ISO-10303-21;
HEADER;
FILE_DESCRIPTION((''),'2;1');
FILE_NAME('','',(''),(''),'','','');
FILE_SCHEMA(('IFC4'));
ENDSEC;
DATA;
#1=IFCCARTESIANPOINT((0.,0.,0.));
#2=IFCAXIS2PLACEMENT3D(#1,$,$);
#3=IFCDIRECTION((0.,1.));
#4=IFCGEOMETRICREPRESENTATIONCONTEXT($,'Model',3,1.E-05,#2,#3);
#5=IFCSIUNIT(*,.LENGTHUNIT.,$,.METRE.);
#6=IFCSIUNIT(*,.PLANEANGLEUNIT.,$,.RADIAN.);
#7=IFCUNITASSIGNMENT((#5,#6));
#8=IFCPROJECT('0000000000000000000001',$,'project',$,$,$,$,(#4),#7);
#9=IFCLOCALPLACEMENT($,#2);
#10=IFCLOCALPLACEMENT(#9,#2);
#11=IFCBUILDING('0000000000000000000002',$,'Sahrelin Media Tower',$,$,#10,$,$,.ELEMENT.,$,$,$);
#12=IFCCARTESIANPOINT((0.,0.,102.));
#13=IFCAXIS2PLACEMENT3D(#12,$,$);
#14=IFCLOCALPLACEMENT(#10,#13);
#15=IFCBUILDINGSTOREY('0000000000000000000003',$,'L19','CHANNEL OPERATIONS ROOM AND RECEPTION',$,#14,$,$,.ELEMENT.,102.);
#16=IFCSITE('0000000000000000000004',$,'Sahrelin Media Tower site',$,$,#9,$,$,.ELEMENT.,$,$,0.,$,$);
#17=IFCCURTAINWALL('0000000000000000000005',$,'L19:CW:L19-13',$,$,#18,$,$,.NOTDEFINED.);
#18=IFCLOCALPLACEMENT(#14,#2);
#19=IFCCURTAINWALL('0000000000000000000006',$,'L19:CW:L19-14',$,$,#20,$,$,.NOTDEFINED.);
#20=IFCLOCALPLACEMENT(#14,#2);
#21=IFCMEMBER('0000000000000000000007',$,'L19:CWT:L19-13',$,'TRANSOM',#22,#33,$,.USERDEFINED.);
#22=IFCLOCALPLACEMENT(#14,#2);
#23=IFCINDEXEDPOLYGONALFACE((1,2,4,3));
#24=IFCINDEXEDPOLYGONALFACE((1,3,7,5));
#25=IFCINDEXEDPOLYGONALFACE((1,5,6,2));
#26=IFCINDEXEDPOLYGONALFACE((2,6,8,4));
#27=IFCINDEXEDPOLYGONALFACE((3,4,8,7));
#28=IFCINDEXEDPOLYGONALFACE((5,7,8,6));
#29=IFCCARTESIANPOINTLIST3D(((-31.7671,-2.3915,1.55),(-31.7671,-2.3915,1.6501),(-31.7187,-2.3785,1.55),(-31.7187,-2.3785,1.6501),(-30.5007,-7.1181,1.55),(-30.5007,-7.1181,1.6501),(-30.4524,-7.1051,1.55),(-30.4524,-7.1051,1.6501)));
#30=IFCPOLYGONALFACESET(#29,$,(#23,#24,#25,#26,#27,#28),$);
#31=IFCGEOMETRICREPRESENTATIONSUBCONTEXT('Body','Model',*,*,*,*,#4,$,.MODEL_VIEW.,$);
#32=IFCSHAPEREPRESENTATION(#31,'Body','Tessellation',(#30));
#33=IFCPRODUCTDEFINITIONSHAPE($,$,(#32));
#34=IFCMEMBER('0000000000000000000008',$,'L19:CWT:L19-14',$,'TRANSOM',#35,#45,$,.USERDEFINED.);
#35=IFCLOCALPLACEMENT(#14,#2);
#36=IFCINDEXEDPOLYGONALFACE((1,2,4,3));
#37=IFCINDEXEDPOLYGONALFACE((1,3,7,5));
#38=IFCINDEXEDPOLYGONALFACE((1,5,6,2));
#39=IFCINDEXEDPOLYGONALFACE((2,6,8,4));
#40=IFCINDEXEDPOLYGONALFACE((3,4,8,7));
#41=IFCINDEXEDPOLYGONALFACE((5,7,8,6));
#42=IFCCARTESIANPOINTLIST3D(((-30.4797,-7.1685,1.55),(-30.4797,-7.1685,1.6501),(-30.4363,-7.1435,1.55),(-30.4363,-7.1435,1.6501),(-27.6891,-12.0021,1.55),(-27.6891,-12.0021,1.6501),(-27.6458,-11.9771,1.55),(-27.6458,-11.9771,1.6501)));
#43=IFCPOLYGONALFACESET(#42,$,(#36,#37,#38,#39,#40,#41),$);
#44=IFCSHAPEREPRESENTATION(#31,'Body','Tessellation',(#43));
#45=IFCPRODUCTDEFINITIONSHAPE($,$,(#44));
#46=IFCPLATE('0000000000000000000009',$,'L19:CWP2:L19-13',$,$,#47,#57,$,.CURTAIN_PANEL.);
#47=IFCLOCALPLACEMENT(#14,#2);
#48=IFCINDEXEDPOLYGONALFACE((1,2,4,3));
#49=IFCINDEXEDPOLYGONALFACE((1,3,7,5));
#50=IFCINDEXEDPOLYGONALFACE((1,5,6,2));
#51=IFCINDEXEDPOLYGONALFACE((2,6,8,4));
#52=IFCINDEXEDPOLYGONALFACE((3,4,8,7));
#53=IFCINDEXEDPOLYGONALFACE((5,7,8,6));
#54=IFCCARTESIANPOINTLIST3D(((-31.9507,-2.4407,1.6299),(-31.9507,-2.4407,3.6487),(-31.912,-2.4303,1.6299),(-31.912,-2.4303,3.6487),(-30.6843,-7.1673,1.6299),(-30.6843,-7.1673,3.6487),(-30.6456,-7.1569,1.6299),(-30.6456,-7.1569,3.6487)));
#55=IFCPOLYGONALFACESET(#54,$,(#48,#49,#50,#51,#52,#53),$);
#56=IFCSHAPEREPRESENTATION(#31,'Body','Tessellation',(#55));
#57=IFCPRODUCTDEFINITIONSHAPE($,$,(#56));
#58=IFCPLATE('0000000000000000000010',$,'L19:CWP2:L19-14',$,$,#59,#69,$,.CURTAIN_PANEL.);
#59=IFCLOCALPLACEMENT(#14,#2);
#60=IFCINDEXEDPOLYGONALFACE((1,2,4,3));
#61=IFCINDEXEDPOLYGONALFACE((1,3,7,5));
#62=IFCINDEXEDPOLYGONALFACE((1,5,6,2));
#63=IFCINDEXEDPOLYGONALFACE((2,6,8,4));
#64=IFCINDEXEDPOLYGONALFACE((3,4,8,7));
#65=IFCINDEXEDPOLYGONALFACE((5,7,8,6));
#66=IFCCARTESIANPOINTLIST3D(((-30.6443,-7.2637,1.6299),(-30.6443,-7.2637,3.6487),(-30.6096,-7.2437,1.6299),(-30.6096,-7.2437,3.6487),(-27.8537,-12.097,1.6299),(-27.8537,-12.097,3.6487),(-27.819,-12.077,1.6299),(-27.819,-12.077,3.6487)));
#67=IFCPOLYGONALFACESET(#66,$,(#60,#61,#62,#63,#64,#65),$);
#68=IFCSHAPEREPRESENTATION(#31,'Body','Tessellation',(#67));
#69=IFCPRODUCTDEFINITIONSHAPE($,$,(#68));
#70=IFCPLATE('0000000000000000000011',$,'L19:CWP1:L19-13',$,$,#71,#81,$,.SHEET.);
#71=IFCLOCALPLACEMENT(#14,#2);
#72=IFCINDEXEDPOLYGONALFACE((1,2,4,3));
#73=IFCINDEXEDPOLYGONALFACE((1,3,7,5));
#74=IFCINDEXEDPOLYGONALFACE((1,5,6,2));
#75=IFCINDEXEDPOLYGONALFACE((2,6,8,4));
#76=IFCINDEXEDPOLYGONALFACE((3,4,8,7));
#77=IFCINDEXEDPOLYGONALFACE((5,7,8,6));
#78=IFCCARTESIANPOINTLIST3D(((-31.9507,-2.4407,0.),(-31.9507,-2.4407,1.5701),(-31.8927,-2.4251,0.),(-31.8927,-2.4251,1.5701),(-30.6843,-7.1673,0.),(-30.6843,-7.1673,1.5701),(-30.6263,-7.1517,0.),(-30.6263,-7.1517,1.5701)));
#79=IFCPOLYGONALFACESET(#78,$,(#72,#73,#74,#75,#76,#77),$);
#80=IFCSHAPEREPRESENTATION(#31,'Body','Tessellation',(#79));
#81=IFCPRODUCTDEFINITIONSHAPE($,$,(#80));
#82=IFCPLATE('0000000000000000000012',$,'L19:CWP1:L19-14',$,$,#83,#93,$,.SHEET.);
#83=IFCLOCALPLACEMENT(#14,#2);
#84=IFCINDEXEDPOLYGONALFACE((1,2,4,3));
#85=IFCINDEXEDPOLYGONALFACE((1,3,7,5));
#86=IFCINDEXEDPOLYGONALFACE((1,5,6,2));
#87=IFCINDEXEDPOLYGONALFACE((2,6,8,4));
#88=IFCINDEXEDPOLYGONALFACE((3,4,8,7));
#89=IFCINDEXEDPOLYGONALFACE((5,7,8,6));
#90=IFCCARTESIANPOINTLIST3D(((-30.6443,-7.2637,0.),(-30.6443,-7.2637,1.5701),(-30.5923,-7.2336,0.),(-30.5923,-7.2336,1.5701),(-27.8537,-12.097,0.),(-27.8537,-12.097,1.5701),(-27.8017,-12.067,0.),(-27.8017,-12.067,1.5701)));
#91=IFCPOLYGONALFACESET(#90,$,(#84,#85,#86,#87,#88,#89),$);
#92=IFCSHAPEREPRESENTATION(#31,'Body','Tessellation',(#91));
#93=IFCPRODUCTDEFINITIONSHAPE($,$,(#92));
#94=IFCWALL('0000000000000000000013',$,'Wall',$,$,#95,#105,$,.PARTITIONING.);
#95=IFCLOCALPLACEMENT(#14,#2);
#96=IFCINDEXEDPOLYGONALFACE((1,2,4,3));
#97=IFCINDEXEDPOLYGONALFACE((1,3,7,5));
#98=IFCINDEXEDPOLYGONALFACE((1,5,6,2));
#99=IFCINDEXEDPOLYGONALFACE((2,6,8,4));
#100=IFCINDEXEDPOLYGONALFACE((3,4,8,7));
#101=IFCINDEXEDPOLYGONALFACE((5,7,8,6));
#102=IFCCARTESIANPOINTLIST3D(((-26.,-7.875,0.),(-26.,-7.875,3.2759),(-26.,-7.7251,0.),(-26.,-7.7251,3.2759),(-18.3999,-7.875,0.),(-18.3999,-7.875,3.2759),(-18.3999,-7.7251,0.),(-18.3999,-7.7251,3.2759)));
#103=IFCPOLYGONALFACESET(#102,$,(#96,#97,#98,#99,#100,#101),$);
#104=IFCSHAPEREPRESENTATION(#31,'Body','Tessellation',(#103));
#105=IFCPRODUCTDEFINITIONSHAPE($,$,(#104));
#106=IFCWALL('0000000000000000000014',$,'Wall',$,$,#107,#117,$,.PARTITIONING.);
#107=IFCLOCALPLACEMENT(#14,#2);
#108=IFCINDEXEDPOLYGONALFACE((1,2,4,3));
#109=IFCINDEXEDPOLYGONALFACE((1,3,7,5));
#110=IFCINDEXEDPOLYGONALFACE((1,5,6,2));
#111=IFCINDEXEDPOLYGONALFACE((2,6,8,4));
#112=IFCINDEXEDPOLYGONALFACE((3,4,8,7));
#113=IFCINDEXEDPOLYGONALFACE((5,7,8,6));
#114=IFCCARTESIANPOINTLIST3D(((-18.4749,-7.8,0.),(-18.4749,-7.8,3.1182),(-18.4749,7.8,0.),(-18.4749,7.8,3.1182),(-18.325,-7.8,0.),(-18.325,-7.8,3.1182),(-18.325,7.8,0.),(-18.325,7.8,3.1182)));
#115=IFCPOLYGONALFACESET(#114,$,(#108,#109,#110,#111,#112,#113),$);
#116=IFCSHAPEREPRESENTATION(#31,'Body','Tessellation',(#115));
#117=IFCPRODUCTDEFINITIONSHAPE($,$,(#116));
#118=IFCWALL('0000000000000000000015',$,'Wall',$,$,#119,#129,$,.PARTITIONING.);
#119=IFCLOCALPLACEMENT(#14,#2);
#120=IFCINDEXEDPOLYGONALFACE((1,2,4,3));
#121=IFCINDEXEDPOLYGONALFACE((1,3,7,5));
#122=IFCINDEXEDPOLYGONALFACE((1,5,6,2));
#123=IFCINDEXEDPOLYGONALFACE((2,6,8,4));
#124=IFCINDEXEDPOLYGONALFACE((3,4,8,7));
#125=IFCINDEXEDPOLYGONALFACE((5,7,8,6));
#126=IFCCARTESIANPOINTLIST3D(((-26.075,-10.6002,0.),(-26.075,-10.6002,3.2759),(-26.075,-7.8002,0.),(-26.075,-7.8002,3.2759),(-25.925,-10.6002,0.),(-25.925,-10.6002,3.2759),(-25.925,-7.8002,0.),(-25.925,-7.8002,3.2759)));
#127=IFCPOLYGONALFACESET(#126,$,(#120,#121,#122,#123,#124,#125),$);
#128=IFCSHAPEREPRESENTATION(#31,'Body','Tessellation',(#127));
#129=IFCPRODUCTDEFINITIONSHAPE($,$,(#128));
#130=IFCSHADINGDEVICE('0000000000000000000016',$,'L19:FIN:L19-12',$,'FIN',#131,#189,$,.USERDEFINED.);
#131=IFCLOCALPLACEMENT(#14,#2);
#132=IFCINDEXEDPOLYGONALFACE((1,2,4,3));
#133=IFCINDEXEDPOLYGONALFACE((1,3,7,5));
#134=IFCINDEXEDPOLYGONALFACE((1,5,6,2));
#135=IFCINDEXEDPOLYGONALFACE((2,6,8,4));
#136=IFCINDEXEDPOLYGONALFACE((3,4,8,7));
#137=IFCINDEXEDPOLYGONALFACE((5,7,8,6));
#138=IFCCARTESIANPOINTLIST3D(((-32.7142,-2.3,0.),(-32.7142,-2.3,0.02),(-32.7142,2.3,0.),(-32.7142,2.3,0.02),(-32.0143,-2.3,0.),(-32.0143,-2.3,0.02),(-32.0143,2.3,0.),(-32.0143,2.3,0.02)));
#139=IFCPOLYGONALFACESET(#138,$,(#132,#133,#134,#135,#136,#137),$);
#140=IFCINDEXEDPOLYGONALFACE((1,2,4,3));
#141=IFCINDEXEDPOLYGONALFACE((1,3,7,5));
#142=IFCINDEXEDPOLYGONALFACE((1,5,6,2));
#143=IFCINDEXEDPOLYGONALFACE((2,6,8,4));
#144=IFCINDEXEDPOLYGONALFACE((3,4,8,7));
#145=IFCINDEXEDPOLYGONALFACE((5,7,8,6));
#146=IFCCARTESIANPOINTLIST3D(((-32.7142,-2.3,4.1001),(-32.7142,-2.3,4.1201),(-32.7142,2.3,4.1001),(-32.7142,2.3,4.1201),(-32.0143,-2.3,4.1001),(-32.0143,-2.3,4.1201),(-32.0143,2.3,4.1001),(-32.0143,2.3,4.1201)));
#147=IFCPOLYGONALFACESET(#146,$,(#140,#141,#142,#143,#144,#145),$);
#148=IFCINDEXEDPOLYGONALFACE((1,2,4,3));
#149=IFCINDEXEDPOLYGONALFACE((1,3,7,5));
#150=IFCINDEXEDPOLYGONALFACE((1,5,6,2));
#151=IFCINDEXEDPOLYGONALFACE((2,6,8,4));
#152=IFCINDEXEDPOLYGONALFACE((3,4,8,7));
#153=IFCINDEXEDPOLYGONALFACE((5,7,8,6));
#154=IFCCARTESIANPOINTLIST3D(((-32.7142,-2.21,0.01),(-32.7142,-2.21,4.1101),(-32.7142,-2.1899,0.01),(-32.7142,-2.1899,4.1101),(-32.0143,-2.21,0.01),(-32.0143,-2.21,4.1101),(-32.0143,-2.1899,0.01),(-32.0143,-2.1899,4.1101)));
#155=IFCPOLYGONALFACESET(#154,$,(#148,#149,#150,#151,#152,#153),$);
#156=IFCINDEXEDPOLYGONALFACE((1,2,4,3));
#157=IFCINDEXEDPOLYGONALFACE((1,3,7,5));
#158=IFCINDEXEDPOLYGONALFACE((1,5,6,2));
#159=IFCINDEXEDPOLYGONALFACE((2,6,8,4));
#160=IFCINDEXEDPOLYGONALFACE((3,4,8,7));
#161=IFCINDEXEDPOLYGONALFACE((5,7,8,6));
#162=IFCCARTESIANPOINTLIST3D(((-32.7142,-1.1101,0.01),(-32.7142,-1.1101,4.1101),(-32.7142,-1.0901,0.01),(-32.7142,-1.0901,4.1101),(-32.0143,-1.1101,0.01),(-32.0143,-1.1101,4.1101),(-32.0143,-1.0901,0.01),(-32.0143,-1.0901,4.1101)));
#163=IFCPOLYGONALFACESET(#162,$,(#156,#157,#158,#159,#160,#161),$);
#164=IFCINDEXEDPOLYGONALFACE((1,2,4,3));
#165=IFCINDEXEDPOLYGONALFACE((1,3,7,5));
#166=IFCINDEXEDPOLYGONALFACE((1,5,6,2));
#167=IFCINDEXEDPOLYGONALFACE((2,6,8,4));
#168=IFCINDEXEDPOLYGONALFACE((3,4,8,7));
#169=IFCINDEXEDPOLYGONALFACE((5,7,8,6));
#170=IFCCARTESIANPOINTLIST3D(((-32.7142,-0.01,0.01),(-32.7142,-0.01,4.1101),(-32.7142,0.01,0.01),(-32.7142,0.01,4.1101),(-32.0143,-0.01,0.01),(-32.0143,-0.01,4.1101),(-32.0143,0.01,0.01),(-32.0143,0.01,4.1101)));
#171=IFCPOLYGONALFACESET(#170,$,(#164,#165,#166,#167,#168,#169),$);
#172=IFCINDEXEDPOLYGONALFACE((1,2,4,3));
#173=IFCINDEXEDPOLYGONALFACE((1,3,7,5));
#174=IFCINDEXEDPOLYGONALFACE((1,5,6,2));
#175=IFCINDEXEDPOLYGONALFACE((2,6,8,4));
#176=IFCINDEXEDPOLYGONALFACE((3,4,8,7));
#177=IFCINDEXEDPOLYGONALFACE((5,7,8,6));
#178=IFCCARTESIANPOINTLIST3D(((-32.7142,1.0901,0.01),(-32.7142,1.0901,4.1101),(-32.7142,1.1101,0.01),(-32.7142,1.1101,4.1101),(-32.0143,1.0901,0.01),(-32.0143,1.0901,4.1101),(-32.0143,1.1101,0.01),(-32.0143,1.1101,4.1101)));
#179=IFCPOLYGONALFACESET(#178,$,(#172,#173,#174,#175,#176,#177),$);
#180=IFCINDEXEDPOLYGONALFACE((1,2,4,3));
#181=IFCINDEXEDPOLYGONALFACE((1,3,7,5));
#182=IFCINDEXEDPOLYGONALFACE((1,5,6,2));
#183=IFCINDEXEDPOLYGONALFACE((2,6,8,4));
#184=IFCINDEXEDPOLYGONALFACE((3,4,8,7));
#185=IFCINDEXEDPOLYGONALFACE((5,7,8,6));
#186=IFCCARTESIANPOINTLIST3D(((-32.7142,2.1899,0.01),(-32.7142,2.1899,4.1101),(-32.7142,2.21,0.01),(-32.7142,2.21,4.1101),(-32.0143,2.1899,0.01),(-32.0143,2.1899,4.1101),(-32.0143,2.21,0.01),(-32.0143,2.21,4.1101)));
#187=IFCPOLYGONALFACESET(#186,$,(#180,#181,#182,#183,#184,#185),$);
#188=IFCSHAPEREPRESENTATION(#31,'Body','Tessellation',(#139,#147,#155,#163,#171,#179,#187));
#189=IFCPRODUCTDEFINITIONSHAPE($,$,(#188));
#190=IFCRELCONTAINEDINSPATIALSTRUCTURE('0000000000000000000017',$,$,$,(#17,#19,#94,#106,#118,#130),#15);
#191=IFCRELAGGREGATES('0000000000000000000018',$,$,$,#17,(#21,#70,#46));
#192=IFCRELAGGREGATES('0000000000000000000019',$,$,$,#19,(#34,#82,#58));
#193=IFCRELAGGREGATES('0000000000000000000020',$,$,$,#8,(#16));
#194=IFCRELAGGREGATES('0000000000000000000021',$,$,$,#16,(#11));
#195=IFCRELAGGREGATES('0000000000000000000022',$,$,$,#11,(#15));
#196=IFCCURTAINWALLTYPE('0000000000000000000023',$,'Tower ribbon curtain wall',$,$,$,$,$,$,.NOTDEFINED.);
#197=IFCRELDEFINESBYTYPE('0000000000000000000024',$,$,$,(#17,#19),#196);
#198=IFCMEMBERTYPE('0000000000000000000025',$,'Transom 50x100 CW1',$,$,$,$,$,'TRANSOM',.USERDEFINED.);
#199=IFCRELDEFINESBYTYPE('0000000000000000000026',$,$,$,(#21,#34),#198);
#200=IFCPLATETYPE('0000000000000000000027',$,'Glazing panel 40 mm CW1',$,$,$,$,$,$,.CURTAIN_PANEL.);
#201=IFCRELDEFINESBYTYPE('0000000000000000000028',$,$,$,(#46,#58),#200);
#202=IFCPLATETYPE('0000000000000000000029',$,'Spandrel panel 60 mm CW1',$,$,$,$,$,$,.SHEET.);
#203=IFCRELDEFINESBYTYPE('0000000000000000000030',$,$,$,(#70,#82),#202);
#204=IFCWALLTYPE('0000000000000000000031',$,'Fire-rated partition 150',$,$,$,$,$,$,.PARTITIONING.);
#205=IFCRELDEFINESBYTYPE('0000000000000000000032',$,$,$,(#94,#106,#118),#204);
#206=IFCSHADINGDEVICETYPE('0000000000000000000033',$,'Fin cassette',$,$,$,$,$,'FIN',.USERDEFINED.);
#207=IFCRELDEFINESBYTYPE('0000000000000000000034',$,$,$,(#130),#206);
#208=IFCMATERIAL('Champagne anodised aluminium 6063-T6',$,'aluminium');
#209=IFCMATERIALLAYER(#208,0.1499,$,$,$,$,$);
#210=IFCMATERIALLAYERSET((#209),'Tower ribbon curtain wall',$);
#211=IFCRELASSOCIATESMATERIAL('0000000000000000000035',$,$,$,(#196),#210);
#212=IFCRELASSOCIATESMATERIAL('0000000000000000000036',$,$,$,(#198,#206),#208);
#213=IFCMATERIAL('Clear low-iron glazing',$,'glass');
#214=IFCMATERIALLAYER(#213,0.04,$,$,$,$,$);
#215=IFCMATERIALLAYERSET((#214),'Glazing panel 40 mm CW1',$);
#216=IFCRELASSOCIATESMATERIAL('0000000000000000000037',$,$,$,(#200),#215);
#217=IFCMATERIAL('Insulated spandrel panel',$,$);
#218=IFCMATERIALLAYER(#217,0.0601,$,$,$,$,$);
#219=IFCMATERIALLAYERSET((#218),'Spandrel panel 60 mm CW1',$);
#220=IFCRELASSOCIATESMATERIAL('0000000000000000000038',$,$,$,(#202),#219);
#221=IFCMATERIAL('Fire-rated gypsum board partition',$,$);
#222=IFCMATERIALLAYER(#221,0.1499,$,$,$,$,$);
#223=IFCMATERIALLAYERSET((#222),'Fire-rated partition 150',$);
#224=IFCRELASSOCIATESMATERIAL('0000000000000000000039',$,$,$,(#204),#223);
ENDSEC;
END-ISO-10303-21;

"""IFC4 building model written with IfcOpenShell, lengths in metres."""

from ifc_helpers import new_model, si_unit, direction, frame, frame_2d, origin, origin_2d, place, context, subcontext, project, spatial, polyline, rectangle, outline, extrude, material, layer, layer_set, material_profile, profile_set, type_object, element, aggregate, save


model = new_model("IFC4")

# Units and contexts
model_context = context("Model", 3, precision=1e-05, world=origin(), true_north=direction((0.0, 1.0)))
body_context = subcontext(model_context, "Body", "Model", "MODEL_VIEW")
ifc_project = project(units=[si_unit("LENGTHUNIT", "METRE"), si_unit("PLANEANGLEUNIT", "RADIAN")], contexts=[model_context])

# Site, building, storey
site_placement = place(None, origin())
site = spatial("IfcSite", under=ifc_project, at=site_placement, Name="Sahrelin Media Tower site", CompositionType="ELEMENT", RefElevation=0.0)
building_placement = place(site_placement, origin())
building = spatial("IfcBuilding", under=site, at=building_placement, Name="Sahrelin Media Tower", CompositionType="ELEMENT")
storey_placement = place(building_placement, frame((0.0, 0.0, 102.0)))
storey = spatial("IfcBuildingStorey", under=building, at=storey_placement, Name="L19", Description="CHANNEL OPERATIONS ROOM AND RECEPTION", CompositionType="ELEMENT", Elevation=102.0)

# Curtain walls
ifc_material_1 = material(Name="Champagne anodised aluminium 6063-T6", Category="aluminium")
ifc_layer_1 = layer(ifc_material_1, 0.1499)
ifc_layer_set_1 = layer_set([ifc_layer_1], Name="Tower ribbon curtain wall")
curtain_wall_type = type_object("IfcCurtainWallType", Name="Tower ribbon curtain wall", PredefinedType="NOTDEFINED", material=ifc_layer_set_1)
curtain_wall_1_placement = place(storey_placement, frame((-31.2981, -4.7988, 0.0), z_axis=(0.0, 0.0, 1.0), x_axis=(1.0, 0.0, 0.0)))
curtain_wall_1 = element("IfcCurtainWall", 1, at=curtain_wall_1_placement, inside=storey, type_object=curtain_wall_type, Name="L19:CW:L19-13", PredefinedType="NOTDEFINED")
curtain_wall_2_placement = place(storey_placement, frame((-29.2317, -9.6704, 0.0), z_axis=(0.0, 0.0, 1.0), x_axis=(1.0, 0.0, 0.0)))
curtain_wall_2 = element("IfcCurtainWall", 2, at=curtain_wall_2_placement, inside=storey, type_object=curtain_wall_type, Name="L19:CW:L19-14", PredefinedType="NOTDEFINED")

# Members
ifc_material_profile_1 = material_profile(ifc_material_1, rectangle(XDim=0.05, YDim=0.1001, at=origin_2d()), Name="Transom 50x100")
ifc_profile_set_1 = profile_set([ifc_material_profile_1], Name="Champagne anodised aluminium 6063-T6")
member_type_1 = type_object("IfcMemberType", Name="Transom 50x100 CW1", ElementType="TRANSOM", PredefinedType="USERDEFINED", material=ifc_profile_set_1)
member_1_placement = place(storey_placement, frame((-31.7429, -2.385, 1.6001), z_axis=(0.258796, -0.965932, 0.0), x_axis=(0.965932, 0.258796, 0.0)))
member_1 = element("IfcMember", 3, at=member_1_placement, type_object=member_type_1, Name="L19:CWT:L19-13", ObjectType="TRANSOM", PredefinedType="USERDEFINED", context=body_context, shape_type="SweptSolid", body=[
    extrude(rectangle(XDim=0.05, YDim=0.1001, at=origin_2d()), origin(), (0.0, 0.0, 1.0), 4.8933),
])
member_2_placement = place(storey_placement, frame((-30.458, -7.156, 1.6001), z_axis=(0.499988, -0.866033, 0.0), x_axis=(0.866033, 0.499988, 0.0)))
member_2 = element("IfcMember", 4, at=member_2_placement, type_object=member_type_1, Name="L19:CWT:L19-14", ObjectType="TRANSOM", PredefinedType="USERDEFINED", context=body_context, shape_type="SweptSolid", body=[
    extrude(rectangle(XDim=0.05, YDim=0.1001, at=origin_2d()), origin(), (0.0, 0.0, 1.0), 5.5813),
])

# Plates
ifc_material_2 = material(Name="Clear low-iron glazing", Category="glass")
ifc_layer_2 = layer(ifc_material_2, 0.04)
ifc_layer_set_2 = layer_set([ifc_layer_2], Name="Glazing panel 40 mm CW1")
plate_type_1 = type_object("IfcPlateType", Name="Glazing panel 40 mm CW1", PredefinedType="CURTAIN_PANEL", material=ifc_layer_set_2)
plate_1_placement = place(storey_placement, frame((-31.9507, -2.4407, 1.6299), z_axis=(-0.965932, -0.258796, 0.0), x_axis=(0.258796, -0.965932, 0.0)))
plate_1 = element("IfcPlate", 5, at=plate_1_placement, type_object=plate_type_1, Name="L19:CWP2:L19-13", PredefinedType="CURTAIN_PANEL", context=body_context, shape_type="SweptSolid", body=[
    extrude(outline(polyline([(0.0, 0.0), (4.8933, 0.0), (4.8933, 2.0188), (0.0, 2.0188), (0.0, 0.0)])), origin(), (0.0, 0.0, -1.0), 0.04),
])
plate_2_placement = place(storey_placement, frame((-30.6443, -7.2637, 1.6299), z_axis=(-0.866022, -0.500006, 0.0), x_axis=(0.500006, -0.866022, 0.0)))
plate_2 = element("IfcPlate", 6, at=plate_2_placement, type_object=plate_type_1, Name="L19:CWP2:L19-14", PredefinedType="CURTAIN_PANEL", context=body_context, shape_type="SweptSolid", body=[
    extrude(outline(polyline([(0.0, 0.0), (5.5811, 0.0), (5.5811, 2.0188), (0.0, 2.0188), (0.0, 0.0)])), origin(), (0.0, 0.0, -1.0), 0.04),
])
ifc_material_3 = material(Name="Insulated spandrel panel")
ifc_layer_3 = layer(ifc_material_3, 0.0601)
ifc_layer_set_3 = layer_set([ifc_layer_3], Name="Spandrel panel 60 mm CW1")
plate_type_2 = type_object("IfcPlateType", Name="Spandrel panel 60 mm CW1", PredefinedType="SHEET", material=ifc_layer_set_3)
plate_3_placement = place(storey_placement, frame((-31.9507, -2.4407, 0.0), z_axis=(-0.965932, -0.258796, 0.0), x_axis=(0.258796, -0.965932, 0.0)))
plate_3 = element("IfcPlate", 7, at=plate_3_placement, type_object=plate_type_2, Name="L19:CWP1:L19-13", PredefinedType="SHEET", context=body_context, shape_type="SweptSolid", body=[
    extrude(outline(polyline([(0.0, 0.0), (4.8933, 0.0), (4.8933, 1.5701), (0.0, 1.5701), (0.0, 0.0)])), origin(), (0.0, 0.0, -1.0), 0.0601),
])
aggregate(curtain_wall_1, [member_1, plate_3, plate_1])
plate_4_placement = place(storey_placement, frame((-30.6443, -7.2637, 0.0), z_axis=(-0.866022, -0.500006, 0.0), x_axis=(0.500006, -0.866022, 0.0)))
plate_4 = element("IfcPlate", 8, at=plate_4_placement, type_object=plate_type_2, Name="L19:CWP1:L19-14", PredefinedType="SHEET", context=body_context, shape_type="SweptSolid", body=[
    extrude(outline(polyline([(0.0, 0.0), (5.5811, 0.0), (5.5811, 1.5701), (0.0, 1.5701), (0.0, 0.0)])), origin(), (0.0, 0.0, -1.0), 0.0601),
])
aggregate(curtain_wall_2, [member_2, plate_4, plate_2])

# Walls
ifc_material_4 = material(Name="Fire-rated gypsum board partition")
ifc_layer_4 = layer(ifc_material_4, 0.1499)
ifc_layer_set_4 = layer_set([ifc_layer_4], Name="Fire-rated partition 150")
wall_type = type_object("IfcWallType", Name="Fire-rated partition 150", PredefinedType="PARTITIONING", material=ifc_layer_set_4)
wall_1_placement = place(storey_placement, frame((-26.0, -7.8, 0.0), z_axis=(0.0, 0.0, 1.0), x_axis=(1.0, 0.0, 0.0)))
element("IfcWall", 9, at=wall_1_placement, inside=storey, type_object=wall_type, Name="Wall", PredefinedType="PARTITIONING", context=body_context, shape_type="SweptSolid", body=[
    extrude(rectangle(XDim=7.6001, YDim=0.1499, at=frame_2d((3.8, 0.0))), origin(), (0.0, 0.0, 1.0), 3.2759),
])
wall_2_placement = place(storey_placement, frame((-18.3999, -7.8, 0.0), z_axis=(0.0, 0.0, 1.0), x_axis=(0.0, 1.0, 0.0)))
element("IfcWall", 10, at=wall_2_placement, inside=storey, type_object=wall_type, Name="Wall", PredefinedType="PARTITIONING", context=body_context, shape_type="SweptSolid", body=[
    extrude(rectangle(XDim=15.6001, YDim=0.1499, at=frame_2d((7.8, 0.0))), origin(), (0.0, 0.0, 1.0), 3.1182),
])
wall_3_placement = place(storey_placement, frame((-26.0, -10.6001, 0.0), z_axis=(0.0, 0.0, 1.0), x_axis=(0.0, 1.0, 0.0)))
element("IfcWall", 11, at=wall_3_placement, inside=storey, type_object=wall_type, Name="Wall", PredefinedType="PARTITIONING", context=body_context, shape_type="SweptSolid", body=[
    extrude(rectangle(XDim=2.8, YDim=0.1499, at=frame_2d((1.3999, 0.0))), origin(), (0.0, 0.0, 1.0), 3.2759),
])

# Shading device
shading_device_type_1 = type_object("IfcShadingDeviceType", Name="Fin cassette", ElementType="FIN", PredefinedType="USERDEFINED", material=ifc_material_1)
placement_1 = place(storey_placement, frame((-31.9443, 0.0, 0.0), z_axis=(0.0, 0.0, 1.0), x_axis=(0.0, 1.0, 0.0)))
element("IfcShadingDevice", 12, at=placement_1, inside=storey, type_object=shading_device_type_1, Name="L19:FIN:L19-12", ObjectType="FIN", PredefinedType="USERDEFINED", context=body_context, shape_type="SweptSolid", body=[
    extrude(rectangle(XDim=4.6001, YDim=0.7, at=origin_2d()), frame((0.0, 0.4199, 0.0)), (0.0, 0.0, 1.0), 0.02),
    extrude(rectangle(XDim=4.6001, YDim=0.7, at=origin_2d()), frame((0.0, 0.4199, 4.1001)), (0.0, 0.0, 1.0), 0.02),
    extrude(rectangle(XDim=0.02, YDim=0.7, at=origin_2d()), frame((-2.2, 0.4199, 0.01), z_axis=(0.0, 0.0, 1.0), x_axis=(1.0, 0.0, 0.0)), (0.0, 0.0, 1.0), 4.1001),
    extrude(rectangle(XDim=0.02, YDim=0.7, at=origin_2d()), frame((-1.1001, 0.4199, 0.01), z_axis=(0.0, 0.0, 1.0), x_axis=(1.0, 0.0, 0.0)), (0.0, 0.0, 1.0), 4.1001),
    extrude(rectangle(XDim=0.02, YDim=0.7, at=origin_2d()), frame((0.0, 0.4199, 0.01), z_axis=(0.0, 0.0, 1.0), x_axis=(1.0, 0.0, 0.0)), (0.0, 0.0, 1.0), 4.1001),
    extrude(rectangle(XDim=0.02, YDim=0.7, at=origin_2d()), frame((1.1001, 0.4199, 0.01), z_axis=(0.0, 0.0, 1.0), x_axis=(1.0, 0.0, 0.0)), (0.0, 0.0, 1.0), 4.1001),
    extrude(rectangle(XDim=0.02, YDim=0.7, at=origin_2d()), frame((2.2, 0.4199, 0.01), z_axis=(0.0, 0.0, 1.0), x_axis=(1.0, 0.0, 0.0)), (0.0, 0.0, 1.0), 4.1001),
])

save(model, "model.ifc")
